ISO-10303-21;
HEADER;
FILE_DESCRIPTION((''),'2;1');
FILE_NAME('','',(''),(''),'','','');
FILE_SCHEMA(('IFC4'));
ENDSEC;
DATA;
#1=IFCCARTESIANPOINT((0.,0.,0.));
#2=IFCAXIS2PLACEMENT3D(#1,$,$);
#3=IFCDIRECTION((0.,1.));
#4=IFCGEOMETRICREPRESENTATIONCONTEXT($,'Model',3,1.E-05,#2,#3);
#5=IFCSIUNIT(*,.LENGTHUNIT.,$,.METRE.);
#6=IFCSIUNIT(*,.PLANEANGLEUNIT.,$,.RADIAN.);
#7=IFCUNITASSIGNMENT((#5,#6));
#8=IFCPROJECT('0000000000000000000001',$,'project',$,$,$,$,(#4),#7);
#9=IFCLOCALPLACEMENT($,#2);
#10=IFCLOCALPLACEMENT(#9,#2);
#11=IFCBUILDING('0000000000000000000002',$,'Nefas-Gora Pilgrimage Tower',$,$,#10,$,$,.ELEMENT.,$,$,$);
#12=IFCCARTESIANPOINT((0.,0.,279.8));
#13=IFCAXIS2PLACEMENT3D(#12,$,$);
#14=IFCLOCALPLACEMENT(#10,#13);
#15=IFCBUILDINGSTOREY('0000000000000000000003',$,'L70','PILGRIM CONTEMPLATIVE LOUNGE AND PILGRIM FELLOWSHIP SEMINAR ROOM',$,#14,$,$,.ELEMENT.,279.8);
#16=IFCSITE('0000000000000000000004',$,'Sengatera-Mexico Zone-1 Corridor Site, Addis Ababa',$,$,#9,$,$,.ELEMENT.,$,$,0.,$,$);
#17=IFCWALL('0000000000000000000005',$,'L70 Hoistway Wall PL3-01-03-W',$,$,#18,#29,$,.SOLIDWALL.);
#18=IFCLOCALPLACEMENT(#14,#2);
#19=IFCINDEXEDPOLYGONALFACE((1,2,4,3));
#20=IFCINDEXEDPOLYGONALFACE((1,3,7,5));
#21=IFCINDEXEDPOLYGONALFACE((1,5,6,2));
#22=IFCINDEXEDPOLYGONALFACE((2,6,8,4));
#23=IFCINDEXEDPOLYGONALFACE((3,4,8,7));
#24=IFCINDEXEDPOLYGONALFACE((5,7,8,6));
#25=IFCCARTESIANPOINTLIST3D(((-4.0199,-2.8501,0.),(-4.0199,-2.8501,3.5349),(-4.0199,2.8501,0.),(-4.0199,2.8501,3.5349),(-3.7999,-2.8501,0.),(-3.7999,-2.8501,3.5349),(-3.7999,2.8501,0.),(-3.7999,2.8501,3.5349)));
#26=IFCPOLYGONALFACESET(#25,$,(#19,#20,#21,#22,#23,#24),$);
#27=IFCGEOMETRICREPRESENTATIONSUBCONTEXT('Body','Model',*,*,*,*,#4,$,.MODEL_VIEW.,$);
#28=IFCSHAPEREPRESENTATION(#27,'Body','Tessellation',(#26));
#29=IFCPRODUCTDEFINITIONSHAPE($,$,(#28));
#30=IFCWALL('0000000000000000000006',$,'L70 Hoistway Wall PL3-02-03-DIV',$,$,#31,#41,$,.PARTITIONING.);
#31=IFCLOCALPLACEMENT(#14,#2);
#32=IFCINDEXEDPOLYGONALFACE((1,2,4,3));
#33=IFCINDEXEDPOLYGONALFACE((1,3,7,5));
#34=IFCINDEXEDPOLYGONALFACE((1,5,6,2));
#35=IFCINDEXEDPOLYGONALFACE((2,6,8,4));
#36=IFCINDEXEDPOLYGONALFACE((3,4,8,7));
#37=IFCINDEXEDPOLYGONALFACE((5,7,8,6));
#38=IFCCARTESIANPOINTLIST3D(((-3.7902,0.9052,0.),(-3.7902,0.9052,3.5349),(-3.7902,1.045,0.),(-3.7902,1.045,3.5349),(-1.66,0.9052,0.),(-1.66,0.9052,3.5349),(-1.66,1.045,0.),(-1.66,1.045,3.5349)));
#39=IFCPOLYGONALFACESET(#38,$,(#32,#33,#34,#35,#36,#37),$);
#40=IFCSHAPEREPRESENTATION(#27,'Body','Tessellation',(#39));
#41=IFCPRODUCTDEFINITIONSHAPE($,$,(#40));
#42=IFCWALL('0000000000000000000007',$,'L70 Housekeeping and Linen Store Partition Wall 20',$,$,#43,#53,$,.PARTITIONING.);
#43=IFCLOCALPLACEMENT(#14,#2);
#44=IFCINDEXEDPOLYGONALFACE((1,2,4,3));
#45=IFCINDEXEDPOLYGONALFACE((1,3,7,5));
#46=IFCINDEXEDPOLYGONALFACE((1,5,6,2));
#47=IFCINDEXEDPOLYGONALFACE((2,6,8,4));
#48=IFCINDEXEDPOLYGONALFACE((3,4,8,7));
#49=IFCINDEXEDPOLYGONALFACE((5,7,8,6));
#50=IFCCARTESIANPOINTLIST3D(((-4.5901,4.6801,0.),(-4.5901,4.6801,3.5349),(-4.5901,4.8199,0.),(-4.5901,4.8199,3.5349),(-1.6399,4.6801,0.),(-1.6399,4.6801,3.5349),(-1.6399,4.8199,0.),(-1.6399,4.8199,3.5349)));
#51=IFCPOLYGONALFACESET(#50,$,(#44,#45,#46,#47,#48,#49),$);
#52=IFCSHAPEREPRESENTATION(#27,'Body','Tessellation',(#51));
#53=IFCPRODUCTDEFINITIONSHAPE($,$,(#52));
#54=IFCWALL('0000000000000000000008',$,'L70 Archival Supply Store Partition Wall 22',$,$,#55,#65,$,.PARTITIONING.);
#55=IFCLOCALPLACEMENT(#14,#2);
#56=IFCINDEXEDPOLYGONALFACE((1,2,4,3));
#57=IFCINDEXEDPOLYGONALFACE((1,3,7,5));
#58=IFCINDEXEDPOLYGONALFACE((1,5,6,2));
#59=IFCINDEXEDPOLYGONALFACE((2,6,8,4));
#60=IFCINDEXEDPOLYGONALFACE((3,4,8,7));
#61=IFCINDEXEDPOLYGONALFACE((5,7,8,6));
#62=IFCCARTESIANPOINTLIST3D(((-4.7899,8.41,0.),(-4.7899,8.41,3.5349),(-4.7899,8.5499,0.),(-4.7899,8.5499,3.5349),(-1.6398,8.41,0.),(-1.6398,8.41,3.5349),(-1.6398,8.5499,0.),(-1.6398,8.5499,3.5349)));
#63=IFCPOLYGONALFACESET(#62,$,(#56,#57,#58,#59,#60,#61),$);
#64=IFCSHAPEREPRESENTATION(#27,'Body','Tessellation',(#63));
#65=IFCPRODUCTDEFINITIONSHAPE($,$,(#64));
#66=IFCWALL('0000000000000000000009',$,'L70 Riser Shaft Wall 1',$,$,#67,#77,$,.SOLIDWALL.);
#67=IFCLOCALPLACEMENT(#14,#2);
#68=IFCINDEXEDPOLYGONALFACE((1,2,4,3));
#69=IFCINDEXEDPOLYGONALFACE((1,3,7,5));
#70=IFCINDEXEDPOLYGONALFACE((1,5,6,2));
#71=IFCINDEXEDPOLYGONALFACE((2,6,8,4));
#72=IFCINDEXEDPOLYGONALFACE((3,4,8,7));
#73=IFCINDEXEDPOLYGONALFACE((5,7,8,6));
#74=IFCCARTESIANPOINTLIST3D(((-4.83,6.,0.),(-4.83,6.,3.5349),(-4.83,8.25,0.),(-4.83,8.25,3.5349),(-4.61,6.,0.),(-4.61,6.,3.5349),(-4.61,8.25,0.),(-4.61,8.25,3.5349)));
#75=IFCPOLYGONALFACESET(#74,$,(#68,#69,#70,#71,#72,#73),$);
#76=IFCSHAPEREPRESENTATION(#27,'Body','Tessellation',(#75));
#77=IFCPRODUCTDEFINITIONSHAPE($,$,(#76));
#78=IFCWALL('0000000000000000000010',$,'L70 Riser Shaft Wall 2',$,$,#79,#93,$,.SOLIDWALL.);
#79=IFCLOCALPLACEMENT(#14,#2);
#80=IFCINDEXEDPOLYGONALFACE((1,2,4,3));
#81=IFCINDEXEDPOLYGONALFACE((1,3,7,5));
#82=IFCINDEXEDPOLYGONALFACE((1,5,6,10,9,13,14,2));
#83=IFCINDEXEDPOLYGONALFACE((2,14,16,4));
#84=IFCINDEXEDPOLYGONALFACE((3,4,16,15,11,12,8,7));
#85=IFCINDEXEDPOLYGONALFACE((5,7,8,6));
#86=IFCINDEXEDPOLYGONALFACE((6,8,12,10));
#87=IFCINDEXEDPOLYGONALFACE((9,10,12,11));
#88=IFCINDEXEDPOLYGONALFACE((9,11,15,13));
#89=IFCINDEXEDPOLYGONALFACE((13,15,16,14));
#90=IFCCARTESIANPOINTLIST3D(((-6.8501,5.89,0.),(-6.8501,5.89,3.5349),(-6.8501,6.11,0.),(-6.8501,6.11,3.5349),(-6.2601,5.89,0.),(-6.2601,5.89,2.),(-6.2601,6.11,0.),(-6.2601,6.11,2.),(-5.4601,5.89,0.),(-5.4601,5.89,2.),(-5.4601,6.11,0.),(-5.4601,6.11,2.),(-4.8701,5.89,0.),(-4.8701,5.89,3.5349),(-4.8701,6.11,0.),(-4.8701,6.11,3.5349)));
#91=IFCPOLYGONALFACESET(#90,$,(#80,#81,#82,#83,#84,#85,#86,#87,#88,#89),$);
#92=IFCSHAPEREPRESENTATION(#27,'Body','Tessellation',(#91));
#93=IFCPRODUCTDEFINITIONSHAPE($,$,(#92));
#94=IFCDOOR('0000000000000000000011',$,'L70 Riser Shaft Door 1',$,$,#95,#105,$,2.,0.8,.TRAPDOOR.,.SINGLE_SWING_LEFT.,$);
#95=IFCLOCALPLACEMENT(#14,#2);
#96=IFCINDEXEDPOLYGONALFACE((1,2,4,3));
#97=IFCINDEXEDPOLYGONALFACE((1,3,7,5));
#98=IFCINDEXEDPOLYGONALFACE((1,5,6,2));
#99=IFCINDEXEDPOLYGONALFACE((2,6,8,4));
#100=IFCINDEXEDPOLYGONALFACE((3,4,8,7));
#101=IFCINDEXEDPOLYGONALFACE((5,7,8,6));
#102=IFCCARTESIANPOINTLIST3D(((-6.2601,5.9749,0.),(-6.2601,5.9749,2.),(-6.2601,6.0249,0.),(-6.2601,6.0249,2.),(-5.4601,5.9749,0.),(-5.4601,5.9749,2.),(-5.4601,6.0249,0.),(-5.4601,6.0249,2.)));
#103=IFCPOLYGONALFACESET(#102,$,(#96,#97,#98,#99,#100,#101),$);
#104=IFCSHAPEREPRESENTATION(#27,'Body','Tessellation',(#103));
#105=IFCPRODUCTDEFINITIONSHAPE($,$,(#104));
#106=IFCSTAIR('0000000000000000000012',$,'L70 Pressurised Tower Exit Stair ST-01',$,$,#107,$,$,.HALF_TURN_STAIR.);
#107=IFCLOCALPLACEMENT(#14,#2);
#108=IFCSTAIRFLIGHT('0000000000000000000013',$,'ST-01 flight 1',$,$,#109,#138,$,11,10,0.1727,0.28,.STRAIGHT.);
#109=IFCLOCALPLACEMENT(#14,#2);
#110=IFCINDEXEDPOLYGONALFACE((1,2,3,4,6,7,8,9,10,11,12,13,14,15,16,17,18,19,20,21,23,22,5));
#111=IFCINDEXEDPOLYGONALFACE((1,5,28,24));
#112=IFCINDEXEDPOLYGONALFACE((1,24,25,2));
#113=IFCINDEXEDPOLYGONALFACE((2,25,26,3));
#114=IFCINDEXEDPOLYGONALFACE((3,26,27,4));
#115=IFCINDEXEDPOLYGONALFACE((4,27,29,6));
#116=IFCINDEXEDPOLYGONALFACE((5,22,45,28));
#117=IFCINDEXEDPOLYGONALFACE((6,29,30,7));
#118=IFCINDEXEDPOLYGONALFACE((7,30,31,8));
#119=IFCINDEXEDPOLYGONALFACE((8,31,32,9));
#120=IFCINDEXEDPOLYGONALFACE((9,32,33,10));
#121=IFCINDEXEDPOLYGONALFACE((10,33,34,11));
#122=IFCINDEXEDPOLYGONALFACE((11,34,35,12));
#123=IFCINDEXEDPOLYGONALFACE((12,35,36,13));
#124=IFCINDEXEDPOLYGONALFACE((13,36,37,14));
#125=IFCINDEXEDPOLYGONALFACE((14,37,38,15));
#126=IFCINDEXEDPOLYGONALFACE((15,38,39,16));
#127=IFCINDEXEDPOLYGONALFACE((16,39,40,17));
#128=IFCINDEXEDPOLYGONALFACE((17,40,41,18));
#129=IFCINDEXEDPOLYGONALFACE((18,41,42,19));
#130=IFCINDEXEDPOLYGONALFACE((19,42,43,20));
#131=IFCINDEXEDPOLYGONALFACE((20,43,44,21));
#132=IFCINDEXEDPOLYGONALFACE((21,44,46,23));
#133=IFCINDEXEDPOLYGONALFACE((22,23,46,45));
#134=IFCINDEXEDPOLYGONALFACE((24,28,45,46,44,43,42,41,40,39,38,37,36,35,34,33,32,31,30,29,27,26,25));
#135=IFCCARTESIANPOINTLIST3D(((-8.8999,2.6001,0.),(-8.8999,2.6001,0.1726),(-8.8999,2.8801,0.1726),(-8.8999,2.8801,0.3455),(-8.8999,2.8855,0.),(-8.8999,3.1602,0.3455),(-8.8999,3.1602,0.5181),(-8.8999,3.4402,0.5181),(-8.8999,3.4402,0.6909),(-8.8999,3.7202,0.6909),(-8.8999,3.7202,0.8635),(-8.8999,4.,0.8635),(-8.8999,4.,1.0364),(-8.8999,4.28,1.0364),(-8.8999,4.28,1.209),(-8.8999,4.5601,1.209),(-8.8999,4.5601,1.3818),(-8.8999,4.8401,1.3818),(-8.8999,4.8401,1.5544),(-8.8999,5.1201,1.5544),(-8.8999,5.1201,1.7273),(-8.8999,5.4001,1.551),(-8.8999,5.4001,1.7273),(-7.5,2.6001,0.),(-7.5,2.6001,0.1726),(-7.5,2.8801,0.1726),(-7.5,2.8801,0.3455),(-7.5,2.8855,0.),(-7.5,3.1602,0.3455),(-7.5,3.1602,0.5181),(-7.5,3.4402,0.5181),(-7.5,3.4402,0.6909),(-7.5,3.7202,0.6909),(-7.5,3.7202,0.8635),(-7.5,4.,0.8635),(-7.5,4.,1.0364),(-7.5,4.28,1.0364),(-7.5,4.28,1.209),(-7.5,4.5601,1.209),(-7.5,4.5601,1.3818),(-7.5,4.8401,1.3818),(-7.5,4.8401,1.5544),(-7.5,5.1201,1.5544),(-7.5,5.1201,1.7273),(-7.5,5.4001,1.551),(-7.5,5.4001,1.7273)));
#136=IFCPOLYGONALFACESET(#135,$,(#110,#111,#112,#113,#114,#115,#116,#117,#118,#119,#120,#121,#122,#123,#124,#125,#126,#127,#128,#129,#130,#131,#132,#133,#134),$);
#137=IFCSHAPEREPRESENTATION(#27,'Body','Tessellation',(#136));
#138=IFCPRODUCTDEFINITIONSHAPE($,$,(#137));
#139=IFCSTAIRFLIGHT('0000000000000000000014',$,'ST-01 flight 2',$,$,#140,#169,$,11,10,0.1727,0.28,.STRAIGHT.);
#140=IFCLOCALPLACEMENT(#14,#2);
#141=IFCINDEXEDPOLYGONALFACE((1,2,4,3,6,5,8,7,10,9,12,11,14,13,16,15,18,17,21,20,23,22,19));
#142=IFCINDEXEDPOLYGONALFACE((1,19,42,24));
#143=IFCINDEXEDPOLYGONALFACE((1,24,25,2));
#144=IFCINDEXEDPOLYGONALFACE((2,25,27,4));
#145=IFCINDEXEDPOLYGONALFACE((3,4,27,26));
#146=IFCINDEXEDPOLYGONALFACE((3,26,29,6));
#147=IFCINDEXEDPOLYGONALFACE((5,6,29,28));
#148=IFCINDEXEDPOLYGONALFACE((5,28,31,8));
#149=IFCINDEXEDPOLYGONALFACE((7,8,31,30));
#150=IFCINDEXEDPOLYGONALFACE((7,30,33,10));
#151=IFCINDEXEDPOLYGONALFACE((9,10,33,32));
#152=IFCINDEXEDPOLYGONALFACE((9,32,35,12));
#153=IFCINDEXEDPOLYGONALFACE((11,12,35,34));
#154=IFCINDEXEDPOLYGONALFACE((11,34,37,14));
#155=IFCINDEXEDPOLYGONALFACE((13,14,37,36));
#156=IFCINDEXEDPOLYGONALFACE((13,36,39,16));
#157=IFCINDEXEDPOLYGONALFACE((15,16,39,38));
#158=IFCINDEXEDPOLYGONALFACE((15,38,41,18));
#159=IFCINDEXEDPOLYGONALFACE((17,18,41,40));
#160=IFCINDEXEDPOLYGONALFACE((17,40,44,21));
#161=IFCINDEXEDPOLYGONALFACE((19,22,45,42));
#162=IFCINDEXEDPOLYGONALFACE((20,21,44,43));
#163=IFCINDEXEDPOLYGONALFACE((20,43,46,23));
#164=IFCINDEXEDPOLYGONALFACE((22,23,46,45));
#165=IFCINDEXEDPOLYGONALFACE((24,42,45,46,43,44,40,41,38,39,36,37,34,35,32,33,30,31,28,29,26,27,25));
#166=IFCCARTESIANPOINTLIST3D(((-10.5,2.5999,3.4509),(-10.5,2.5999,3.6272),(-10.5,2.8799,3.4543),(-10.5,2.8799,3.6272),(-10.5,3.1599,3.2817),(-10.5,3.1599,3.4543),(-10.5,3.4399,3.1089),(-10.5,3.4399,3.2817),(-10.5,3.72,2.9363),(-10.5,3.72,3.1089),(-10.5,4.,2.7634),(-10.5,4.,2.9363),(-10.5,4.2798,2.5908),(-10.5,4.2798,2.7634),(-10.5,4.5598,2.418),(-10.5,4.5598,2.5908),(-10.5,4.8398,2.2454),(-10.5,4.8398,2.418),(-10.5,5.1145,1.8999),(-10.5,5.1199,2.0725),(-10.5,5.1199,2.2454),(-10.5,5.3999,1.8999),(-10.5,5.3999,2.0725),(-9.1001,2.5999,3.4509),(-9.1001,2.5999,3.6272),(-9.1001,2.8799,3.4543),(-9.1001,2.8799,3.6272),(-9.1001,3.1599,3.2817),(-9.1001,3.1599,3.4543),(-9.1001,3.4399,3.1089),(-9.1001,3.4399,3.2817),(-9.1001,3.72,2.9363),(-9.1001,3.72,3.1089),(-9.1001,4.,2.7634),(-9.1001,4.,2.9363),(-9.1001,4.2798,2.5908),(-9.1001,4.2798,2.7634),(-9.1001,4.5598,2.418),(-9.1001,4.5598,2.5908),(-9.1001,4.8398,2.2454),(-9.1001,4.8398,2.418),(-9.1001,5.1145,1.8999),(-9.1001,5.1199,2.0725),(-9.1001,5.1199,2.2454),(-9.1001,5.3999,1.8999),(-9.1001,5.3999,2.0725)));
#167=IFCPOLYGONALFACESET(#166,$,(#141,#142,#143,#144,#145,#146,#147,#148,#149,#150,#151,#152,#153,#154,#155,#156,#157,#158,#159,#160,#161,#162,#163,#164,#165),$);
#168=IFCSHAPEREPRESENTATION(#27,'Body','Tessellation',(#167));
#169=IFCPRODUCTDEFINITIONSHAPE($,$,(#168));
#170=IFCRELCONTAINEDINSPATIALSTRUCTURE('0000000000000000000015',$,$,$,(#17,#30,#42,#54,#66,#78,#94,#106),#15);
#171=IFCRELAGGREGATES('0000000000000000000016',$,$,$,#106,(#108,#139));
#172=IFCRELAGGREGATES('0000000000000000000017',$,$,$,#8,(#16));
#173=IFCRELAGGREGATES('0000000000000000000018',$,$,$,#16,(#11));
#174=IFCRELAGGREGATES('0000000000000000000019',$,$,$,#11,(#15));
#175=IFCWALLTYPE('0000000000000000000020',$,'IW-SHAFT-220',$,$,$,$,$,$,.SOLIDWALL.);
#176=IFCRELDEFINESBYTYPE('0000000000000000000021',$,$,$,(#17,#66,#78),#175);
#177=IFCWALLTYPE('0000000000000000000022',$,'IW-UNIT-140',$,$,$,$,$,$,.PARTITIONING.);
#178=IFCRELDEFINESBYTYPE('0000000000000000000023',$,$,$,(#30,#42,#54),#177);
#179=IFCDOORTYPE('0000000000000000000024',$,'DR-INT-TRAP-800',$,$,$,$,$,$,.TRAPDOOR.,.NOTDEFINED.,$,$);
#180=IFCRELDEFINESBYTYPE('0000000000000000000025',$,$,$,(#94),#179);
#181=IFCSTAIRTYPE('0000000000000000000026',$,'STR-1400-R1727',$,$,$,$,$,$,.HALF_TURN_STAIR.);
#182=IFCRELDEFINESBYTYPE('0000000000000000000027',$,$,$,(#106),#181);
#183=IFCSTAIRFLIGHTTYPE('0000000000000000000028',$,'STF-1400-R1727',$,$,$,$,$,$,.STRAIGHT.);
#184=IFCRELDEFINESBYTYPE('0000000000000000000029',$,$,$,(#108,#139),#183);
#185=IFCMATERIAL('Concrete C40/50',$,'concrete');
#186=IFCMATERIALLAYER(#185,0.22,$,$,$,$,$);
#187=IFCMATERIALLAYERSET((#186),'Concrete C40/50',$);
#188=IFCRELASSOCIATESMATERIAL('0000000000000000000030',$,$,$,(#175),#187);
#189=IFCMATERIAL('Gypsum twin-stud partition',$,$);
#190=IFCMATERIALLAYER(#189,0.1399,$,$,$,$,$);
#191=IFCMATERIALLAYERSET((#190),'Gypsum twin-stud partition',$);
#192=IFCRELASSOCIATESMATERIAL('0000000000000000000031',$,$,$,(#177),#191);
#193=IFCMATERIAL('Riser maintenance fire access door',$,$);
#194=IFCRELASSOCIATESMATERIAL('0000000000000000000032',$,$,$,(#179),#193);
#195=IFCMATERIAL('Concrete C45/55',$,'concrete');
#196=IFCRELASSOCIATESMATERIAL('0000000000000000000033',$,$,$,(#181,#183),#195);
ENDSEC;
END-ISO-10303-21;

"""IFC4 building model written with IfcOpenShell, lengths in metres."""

from ifc_helpers import new_model, si_unit, direction, frame, frame_2d, origin, place, context, subcontext, project, spatial, polyline, rectangle, outline, extrude, source, transform, mapped, material, layer, layer_set, type_object, element, fill, aggregate, save


model = new_model("IFC4")

# Units and contexts
model_context = context("Model", 3, precision=1e-05, world=origin(), true_north=direction((0.0, 1.0)))
body_context = subcontext(model_context, "Body", "Model", "MODEL_VIEW")
ifc_project = project(units=[si_unit("LENGTHUNIT", "METRE"), si_unit("PLANEANGLEUNIT", "RADIAN")], contexts=[model_context])

# Site, building, storey
site_placement = place(None, origin())
site = spatial("IfcSite", under=ifc_project, at=site_placement, Name="Sengatera-Mexico Zone-1 Corridor Site, Addis Ababa", CompositionType="ELEMENT", RefElevation=0.0)
building_placement = place(site_placement, origin())
building = spatial("IfcBuilding", under=site, at=building_placement, Name="Nefas-Gora Pilgrimage Tower", CompositionType="ELEMENT")
storey_placement = place(building_placement, frame((0.0, 0.0, 279.8)))
storey = spatial("IfcBuildingStorey", under=building, at=storey_placement, Name="L70", Description="PILGRIM CONTEMPLATIVE LOUNGE AND PILGRIM FELLOWSHIP SEMINAR ROOM", CompositionType="ELEMENT", Elevation=279.8)

# Shared definitions
ifc_material_1 = material(Name="Concrete C45/55", Category="concrete")

# Shared definitions
ifc_material_2 = material(Name="Concrete C40/50", Category="concrete")
ifc_layer_1 = layer(ifc_material_2, 0.22)
ifc_layer_set_1 = layer_set([ifc_layer_1], Name="Concrete C40/50")
wall_type_1 = type_object("IfcWallType", Name="IW-SHAFT-220", PredefinedType="SOLIDWALL", material=ifc_layer_set_1)

# Walls
shared_shape_1 = source(origin(), body_context, "Body", "SweptSolid", [
    extrude(rectangle(XDim=5.7002, YDim=0.22, at=frame_2d((2.8501, 0.0))), origin(), (0.0, 0.0, 1.0), 3.5349),
])
wall_1_placement = place(storey_placement, frame((-3.9099, 2.8501, 0.0), z_axis=(0.0, 0.0, 1.0), x_axis=(0.0, -1.0, 0.0)))
element("IfcWall", 1, at=wall_1_placement, inside=storey, type_object=wall_type_1, Name="L70 Hoistway Wall PL3-01-03-W", PredefinedType="SOLIDWALL", context=body_context, shape_type="MappedRepresentation", body=[
    mapped(shared_shape_1, transform((0.0, 0.0, 0.0), x_axis=(1.0, 0.0, 0.0), y_axis=(0.0, 1.0, 0.0), z_axis=(0.0, 0.0, 1.0), scale=1.0)),
])
ifc_material_3 = material(Name="Gypsum twin-stud partition")
ifc_layer_2 = layer(ifc_material_3, 0.1399)
ifc_layer_set_2 = layer_set([ifc_layer_2], Name="Gypsum twin-stud partition")
wall_type_2 = type_object("IfcWallType", Name="IW-UNIT-140", PredefinedType="PARTITIONING", material=ifc_layer_set_2)
shared_shape_2 = source(origin(), body_context, "Body", "SweptSolid", [
    extrude(rectangle(XDim=2.1301, YDim=0.1399, at=frame_2d((1.0649, 0.0))), origin(), (0.0, 0.0, 1.0), 3.5349),
])
wall_2_placement = place(storey_placement, frame((-3.79, 0.9751, 0.0), z_axis=(0.0, 0.0, 1.0), x_axis=(1.0, 0.0, 0.0)))
element("IfcWall", 2, at=wall_2_placement, inside=storey, type_object=wall_type_2, Name="L70 Hoistway Wall PL3-02-03-DIV", PredefinedType="PARTITIONING", context=body_context, shape_type="MappedRepresentation", body=[
    mapped(shared_shape_2, transform((0.0, 0.0, 0.0), x_axis=(1.0, 0.0, 0.0), y_axis=(0.0, 1.0, 0.0), z_axis=(0.0, 0.0, 1.0), scale=1.0)),
])
shared_shape_3 = source(origin(), body_context, "Body", "SweptSolid", [
    extrude(rectangle(XDim=2.9502, YDim=0.1399, at=frame_2d((1.4751, 0.0))), origin(), (0.0, 0.0, 1.0), 3.5349),
])
wall_3_placement = place(storey_placement, frame((-4.5901, 4.75, 0.0), z_axis=(0.0, 0.0, 1.0), x_axis=(1.0, 0.0, 0.0)))
element("IfcWall", 3, at=wall_3_placement, inside=storey, type_object=wall_type_2, Name="L70 Housekeeping and Linen Store Partition Wall 20", PredefinedType="PARTITIONING", context=body_context, shape_type="MappedRepresentation", body=[
    mapped(shared_shape_3, transform((0.0, 0.0, 0.0), x_axis=(1.0, 0.0, 0.0), y_axis=(0.0, 1.0, 0.0), z_axis=(0.0, 0.0, 1.0), scale=1.0)),
])
shared_shape_4 = source(origin(), body_context, "Body", "SweptSolid", [
    extrude(rectangle(XDim=3.1501, YDim=0.1399, at=frame_2d((1.5752, 0.0))), origin(), (0.0, 0.0, 1.0), 3.5349),
])
wall_4_placement = place(storey_placement, frame((-4.79, 8.48, 0.0), z_axis=(0.0, 0.0, 1.0), x_axis=(1.0, 0.0, 0.0)))
element("IfcWall", 4, at=wall_4_placement, inside=storey, type_object=wall_type_2, Name="L70 Archival Supply Store Partition Wall 22", PredefinedType="PARTITIONING", context=body_context, shape_type="MappedRepresentation", body=[
    mapped(shared_shape_4, transform((0.0, 0.0, 0.0), x_axis=(1.0, 0.0, 0.0), y_axis=(0.0, 1.0, 0.0), z_axis=(0.0, 0.0, 1.0), scale=1.0)),
])
shared_shape_5 = source(origin(), body_context, "Body", "SweptSolid", [
    extrude(rectangle(XDim=2.25, YDim=0.22, at=frame_2d((1.125, 0.0))), origin(), (0.0, 0.0, 1.0), 3.5349),
])
wall_5_placement = place(storey_placement, frame((-4.72, 6.0, 0.0), z_axis=(0.0, 0.0, 1.0), x_axis=(0.0, 1.0, 0.0)))
element("IfcWall", 5, at=wall_5_placement, inside=storey, type_object=wall_type_1, Name="L70 Riser Shaft Wall 1", PredefinedType="SOLIDWALL", context=body_context, shape_type="MappedRepresentation", body=[
    mapped(shared_shape_5, transform((0.0, 0.0, 0.0), x_axis=(1.0, 0.0, 0.0), y_axis=(0.0, 1.0, 0.0), z_axis=(0.0, 0.0, 1.0), scale=1.0)),
])

# Wall, opening, door
shared_shape_6 = source(origin(), body_context, "Body", "SweptSolid", [
    extrude(rectangle(XDim=1.98, YDim=0.22, at=frame_2d((0.99, 0.0))), origin(), (0.0, 0.0, 1.0), 3.5349),
])
wall_6_placement = place(storey_placement, frame((-6.8501, 6.0, 0.0), z_axis=(0.0, 0.0, 1.0), x_axis=(1.0, 0.0, 0.0)))
wall_6 = element("IfcWall", 6, at=wall_6_placement, inside=storey, type_object=wall_type_1, Name="L70 Riser Shaft Wall 2", PredefinedType="SOLIDWALL", context=body_context, shape_type="MappedRepresentation", body=[
    mapped(shared_shape_6, transform((0.0, 0.0, 0.0), x_axis=(1.0, 0.0, 0.0), y_axis=(0.0, 1.0, 0.0), z_axis=(0.0, 0.0, 1.0), scale=1.0)),
])
opening_1_placement = place(wall_6_placement, frame((0.5901, 0.0, 0.0)))
opening_1 = element("IfcOpeningElement", 7, at=opening_1_placement, cuts=wall_6, PredefinedType="OPENING", context=body_context, shape_type="SweptSolid", body=[
    extrude(rectangle(XDim=0.8, YDim=2.0, at=frame_2d((0.3999, 1.0))), frame((0.0, 0.1199, 0.0), z_axis=(0.0, -1.0, 0.0), x_axis=(1.0, 0.0, 0.0)), (0.0, 0.0, 1.0), 0.24),
])
ifc_material_4 = material(Name="Riser maintenance fire access door")
door_type_1 = type_object("IfcDoorType", Name="DR-INT-TRAP-800", OperationType="NOTDEFINED", PredefinedType="TRAPDOOR", material=ifc_material_4)
shared_shape_7 = source(origin(), body_context, "Body", "SweptSolid", [
    extrude(rectangle(XDim=0.8, YDim=2.0, at=frame_2d((0.3999, 1.0))), frame((0.0, 0.0249, 0.0), z_axis=(0.0, -1.0, 0.0), x_axis=(1.0, 0.0, 0.0)), (0.0, 0.0, 1.0), 0.05),
])
door_1_placement = place(opening_1_placement, origin())
door_1 = element("IfcDoor", 8, at=door_1_placement, inside=storey, type_object=door_type_1, Name="L70 Riser Shaft Door 1", OperationType="SINGLE_SWING_LEFT", OverallHeight=2.0, OverallWidth=0.8, PredefinedType="TRAPDOOR", context=body_context, shape_type="MappedRepresentation", body=[
    mapped(shared_shape_7, transform((0.0, 0.0, 0.0), x_axis=(1.0, 0.0, 0.0), y_axis=(0.0, 1.0, 0.0), z_axis=(0.0, 0.0, 1.0), scale=1.0)),
])
fill(opening_1, door_1)

# Stair, stair flights
stair_type = type_object("IfcStairType", Name="STR-1400-R1727", PredefinedType="HALF_TURN_STAIR", material=ifc_material_1)
stair_placement = place(storey_placement, origin())
stair = element("IfcStair", 9, at=stair_placement, inside=storey, type_object=stair_type, Name="L70 Pressurised Tower Exit Stair ST-01", PredefinedType="HALF_TURN_STAIR")
stair_flight_type = type_object("IfcStairFlightType", Name="STF-1400-R1727", PredefinedType="STRAIGHT", material=ifc_material_1)
shared_shape_8 = source(origin(), body_context, "Body", "SweptSolid", [
    extrude(outline(polyline([(0.0, 0.0), (0.0, 0.1726), (0.28, 0.1726), (0.28, 0.3455), (0.5601, 0.3455), (0.5601, 0.5181), (0.8401, 0.5181), (0.8401, 0.6909), (1.1201, 0.6909), (1.1201, 0.8635), (1.3999, 0.8635), (1.3999, 1.0364), (1.6799, 1.0364), (1.6799, 1.209), (1.96, 1.209), (1.96, 1.3818), (2.24, 1.3818), (2.24, 1.5544), (2.52, 1.5544), (2.52, 1.7273), (2.8, 1.7273), (2.8, 1.8999), (2.8, 1.551), (0.2854, 0.0), (0.0, 0.0)])), frame((0.0, 0.7, 0.0), z_axis=(0.0, -1.0, 0.0), x_axis=(1.0, 0.0, 0.0)), (0.0, 0.0, 1.0), 1.3999),
])
stair_flight_1_placement = place(storey_placement, frame((-8.2, 2.6001, 0.0), z_axis=(0.0, 0.0, 1.0), x_axis=(0.0, 1.0, 0.0)))
stair_flight_1 = element("IfcStairFlight", 10, at=stair_flight_1_placement, type_object=stair_flight_type, Name="ST-01 flight 1", NumberOfRisers=11, NumberOfTreads=10, PredefinedType="STRAIGHT", RiserHeight=0.1727, TreadLength=0.28, context=body_context, shape_type="MappedRepresentation", body=[
    mapped(shared_shape_8, transform((0.0, 0.0, 0.0), x_axis=(1.0, 0.0, 0.0), y_axis=(0.0, 1.0, 0.0), z_axis=(0.0, 0.0, 1.0), scale=1.0)),
])
stair_flight_2_placement = place(storey_placement, frame((-9.8, 5.3999, 1.8999), z_axis=(0.0, 0.0, 1.0), x_axis=(0.0, -1.0, 0.0)))
stair_flight_2 = element("IfcStairFlight", 11, at=stair_flight_2_placement, type_object=stair_flight_type, Name="ST-01 flight 2", NumberOfRisers=11, NumberOfTreads=10, PredefinedType="STRAIGHT", RiserHeight=0.1727, TreadLength=0.28, context=body_context, shape_type="MappedRepresentation", body=[
    mapped(shared_shape_8, transform((0.0, 0.0, 0.0), x_axis=(1.0, 0.0, 0.0), y_axis=(0.0, 1.0, 0.0), z_axis=(0.0, 0.0, 1.0), scale=1.0)),
])
aggregate(stair, [stair_flight_1, stair_flight_2])

save(model, "model.ifc")
